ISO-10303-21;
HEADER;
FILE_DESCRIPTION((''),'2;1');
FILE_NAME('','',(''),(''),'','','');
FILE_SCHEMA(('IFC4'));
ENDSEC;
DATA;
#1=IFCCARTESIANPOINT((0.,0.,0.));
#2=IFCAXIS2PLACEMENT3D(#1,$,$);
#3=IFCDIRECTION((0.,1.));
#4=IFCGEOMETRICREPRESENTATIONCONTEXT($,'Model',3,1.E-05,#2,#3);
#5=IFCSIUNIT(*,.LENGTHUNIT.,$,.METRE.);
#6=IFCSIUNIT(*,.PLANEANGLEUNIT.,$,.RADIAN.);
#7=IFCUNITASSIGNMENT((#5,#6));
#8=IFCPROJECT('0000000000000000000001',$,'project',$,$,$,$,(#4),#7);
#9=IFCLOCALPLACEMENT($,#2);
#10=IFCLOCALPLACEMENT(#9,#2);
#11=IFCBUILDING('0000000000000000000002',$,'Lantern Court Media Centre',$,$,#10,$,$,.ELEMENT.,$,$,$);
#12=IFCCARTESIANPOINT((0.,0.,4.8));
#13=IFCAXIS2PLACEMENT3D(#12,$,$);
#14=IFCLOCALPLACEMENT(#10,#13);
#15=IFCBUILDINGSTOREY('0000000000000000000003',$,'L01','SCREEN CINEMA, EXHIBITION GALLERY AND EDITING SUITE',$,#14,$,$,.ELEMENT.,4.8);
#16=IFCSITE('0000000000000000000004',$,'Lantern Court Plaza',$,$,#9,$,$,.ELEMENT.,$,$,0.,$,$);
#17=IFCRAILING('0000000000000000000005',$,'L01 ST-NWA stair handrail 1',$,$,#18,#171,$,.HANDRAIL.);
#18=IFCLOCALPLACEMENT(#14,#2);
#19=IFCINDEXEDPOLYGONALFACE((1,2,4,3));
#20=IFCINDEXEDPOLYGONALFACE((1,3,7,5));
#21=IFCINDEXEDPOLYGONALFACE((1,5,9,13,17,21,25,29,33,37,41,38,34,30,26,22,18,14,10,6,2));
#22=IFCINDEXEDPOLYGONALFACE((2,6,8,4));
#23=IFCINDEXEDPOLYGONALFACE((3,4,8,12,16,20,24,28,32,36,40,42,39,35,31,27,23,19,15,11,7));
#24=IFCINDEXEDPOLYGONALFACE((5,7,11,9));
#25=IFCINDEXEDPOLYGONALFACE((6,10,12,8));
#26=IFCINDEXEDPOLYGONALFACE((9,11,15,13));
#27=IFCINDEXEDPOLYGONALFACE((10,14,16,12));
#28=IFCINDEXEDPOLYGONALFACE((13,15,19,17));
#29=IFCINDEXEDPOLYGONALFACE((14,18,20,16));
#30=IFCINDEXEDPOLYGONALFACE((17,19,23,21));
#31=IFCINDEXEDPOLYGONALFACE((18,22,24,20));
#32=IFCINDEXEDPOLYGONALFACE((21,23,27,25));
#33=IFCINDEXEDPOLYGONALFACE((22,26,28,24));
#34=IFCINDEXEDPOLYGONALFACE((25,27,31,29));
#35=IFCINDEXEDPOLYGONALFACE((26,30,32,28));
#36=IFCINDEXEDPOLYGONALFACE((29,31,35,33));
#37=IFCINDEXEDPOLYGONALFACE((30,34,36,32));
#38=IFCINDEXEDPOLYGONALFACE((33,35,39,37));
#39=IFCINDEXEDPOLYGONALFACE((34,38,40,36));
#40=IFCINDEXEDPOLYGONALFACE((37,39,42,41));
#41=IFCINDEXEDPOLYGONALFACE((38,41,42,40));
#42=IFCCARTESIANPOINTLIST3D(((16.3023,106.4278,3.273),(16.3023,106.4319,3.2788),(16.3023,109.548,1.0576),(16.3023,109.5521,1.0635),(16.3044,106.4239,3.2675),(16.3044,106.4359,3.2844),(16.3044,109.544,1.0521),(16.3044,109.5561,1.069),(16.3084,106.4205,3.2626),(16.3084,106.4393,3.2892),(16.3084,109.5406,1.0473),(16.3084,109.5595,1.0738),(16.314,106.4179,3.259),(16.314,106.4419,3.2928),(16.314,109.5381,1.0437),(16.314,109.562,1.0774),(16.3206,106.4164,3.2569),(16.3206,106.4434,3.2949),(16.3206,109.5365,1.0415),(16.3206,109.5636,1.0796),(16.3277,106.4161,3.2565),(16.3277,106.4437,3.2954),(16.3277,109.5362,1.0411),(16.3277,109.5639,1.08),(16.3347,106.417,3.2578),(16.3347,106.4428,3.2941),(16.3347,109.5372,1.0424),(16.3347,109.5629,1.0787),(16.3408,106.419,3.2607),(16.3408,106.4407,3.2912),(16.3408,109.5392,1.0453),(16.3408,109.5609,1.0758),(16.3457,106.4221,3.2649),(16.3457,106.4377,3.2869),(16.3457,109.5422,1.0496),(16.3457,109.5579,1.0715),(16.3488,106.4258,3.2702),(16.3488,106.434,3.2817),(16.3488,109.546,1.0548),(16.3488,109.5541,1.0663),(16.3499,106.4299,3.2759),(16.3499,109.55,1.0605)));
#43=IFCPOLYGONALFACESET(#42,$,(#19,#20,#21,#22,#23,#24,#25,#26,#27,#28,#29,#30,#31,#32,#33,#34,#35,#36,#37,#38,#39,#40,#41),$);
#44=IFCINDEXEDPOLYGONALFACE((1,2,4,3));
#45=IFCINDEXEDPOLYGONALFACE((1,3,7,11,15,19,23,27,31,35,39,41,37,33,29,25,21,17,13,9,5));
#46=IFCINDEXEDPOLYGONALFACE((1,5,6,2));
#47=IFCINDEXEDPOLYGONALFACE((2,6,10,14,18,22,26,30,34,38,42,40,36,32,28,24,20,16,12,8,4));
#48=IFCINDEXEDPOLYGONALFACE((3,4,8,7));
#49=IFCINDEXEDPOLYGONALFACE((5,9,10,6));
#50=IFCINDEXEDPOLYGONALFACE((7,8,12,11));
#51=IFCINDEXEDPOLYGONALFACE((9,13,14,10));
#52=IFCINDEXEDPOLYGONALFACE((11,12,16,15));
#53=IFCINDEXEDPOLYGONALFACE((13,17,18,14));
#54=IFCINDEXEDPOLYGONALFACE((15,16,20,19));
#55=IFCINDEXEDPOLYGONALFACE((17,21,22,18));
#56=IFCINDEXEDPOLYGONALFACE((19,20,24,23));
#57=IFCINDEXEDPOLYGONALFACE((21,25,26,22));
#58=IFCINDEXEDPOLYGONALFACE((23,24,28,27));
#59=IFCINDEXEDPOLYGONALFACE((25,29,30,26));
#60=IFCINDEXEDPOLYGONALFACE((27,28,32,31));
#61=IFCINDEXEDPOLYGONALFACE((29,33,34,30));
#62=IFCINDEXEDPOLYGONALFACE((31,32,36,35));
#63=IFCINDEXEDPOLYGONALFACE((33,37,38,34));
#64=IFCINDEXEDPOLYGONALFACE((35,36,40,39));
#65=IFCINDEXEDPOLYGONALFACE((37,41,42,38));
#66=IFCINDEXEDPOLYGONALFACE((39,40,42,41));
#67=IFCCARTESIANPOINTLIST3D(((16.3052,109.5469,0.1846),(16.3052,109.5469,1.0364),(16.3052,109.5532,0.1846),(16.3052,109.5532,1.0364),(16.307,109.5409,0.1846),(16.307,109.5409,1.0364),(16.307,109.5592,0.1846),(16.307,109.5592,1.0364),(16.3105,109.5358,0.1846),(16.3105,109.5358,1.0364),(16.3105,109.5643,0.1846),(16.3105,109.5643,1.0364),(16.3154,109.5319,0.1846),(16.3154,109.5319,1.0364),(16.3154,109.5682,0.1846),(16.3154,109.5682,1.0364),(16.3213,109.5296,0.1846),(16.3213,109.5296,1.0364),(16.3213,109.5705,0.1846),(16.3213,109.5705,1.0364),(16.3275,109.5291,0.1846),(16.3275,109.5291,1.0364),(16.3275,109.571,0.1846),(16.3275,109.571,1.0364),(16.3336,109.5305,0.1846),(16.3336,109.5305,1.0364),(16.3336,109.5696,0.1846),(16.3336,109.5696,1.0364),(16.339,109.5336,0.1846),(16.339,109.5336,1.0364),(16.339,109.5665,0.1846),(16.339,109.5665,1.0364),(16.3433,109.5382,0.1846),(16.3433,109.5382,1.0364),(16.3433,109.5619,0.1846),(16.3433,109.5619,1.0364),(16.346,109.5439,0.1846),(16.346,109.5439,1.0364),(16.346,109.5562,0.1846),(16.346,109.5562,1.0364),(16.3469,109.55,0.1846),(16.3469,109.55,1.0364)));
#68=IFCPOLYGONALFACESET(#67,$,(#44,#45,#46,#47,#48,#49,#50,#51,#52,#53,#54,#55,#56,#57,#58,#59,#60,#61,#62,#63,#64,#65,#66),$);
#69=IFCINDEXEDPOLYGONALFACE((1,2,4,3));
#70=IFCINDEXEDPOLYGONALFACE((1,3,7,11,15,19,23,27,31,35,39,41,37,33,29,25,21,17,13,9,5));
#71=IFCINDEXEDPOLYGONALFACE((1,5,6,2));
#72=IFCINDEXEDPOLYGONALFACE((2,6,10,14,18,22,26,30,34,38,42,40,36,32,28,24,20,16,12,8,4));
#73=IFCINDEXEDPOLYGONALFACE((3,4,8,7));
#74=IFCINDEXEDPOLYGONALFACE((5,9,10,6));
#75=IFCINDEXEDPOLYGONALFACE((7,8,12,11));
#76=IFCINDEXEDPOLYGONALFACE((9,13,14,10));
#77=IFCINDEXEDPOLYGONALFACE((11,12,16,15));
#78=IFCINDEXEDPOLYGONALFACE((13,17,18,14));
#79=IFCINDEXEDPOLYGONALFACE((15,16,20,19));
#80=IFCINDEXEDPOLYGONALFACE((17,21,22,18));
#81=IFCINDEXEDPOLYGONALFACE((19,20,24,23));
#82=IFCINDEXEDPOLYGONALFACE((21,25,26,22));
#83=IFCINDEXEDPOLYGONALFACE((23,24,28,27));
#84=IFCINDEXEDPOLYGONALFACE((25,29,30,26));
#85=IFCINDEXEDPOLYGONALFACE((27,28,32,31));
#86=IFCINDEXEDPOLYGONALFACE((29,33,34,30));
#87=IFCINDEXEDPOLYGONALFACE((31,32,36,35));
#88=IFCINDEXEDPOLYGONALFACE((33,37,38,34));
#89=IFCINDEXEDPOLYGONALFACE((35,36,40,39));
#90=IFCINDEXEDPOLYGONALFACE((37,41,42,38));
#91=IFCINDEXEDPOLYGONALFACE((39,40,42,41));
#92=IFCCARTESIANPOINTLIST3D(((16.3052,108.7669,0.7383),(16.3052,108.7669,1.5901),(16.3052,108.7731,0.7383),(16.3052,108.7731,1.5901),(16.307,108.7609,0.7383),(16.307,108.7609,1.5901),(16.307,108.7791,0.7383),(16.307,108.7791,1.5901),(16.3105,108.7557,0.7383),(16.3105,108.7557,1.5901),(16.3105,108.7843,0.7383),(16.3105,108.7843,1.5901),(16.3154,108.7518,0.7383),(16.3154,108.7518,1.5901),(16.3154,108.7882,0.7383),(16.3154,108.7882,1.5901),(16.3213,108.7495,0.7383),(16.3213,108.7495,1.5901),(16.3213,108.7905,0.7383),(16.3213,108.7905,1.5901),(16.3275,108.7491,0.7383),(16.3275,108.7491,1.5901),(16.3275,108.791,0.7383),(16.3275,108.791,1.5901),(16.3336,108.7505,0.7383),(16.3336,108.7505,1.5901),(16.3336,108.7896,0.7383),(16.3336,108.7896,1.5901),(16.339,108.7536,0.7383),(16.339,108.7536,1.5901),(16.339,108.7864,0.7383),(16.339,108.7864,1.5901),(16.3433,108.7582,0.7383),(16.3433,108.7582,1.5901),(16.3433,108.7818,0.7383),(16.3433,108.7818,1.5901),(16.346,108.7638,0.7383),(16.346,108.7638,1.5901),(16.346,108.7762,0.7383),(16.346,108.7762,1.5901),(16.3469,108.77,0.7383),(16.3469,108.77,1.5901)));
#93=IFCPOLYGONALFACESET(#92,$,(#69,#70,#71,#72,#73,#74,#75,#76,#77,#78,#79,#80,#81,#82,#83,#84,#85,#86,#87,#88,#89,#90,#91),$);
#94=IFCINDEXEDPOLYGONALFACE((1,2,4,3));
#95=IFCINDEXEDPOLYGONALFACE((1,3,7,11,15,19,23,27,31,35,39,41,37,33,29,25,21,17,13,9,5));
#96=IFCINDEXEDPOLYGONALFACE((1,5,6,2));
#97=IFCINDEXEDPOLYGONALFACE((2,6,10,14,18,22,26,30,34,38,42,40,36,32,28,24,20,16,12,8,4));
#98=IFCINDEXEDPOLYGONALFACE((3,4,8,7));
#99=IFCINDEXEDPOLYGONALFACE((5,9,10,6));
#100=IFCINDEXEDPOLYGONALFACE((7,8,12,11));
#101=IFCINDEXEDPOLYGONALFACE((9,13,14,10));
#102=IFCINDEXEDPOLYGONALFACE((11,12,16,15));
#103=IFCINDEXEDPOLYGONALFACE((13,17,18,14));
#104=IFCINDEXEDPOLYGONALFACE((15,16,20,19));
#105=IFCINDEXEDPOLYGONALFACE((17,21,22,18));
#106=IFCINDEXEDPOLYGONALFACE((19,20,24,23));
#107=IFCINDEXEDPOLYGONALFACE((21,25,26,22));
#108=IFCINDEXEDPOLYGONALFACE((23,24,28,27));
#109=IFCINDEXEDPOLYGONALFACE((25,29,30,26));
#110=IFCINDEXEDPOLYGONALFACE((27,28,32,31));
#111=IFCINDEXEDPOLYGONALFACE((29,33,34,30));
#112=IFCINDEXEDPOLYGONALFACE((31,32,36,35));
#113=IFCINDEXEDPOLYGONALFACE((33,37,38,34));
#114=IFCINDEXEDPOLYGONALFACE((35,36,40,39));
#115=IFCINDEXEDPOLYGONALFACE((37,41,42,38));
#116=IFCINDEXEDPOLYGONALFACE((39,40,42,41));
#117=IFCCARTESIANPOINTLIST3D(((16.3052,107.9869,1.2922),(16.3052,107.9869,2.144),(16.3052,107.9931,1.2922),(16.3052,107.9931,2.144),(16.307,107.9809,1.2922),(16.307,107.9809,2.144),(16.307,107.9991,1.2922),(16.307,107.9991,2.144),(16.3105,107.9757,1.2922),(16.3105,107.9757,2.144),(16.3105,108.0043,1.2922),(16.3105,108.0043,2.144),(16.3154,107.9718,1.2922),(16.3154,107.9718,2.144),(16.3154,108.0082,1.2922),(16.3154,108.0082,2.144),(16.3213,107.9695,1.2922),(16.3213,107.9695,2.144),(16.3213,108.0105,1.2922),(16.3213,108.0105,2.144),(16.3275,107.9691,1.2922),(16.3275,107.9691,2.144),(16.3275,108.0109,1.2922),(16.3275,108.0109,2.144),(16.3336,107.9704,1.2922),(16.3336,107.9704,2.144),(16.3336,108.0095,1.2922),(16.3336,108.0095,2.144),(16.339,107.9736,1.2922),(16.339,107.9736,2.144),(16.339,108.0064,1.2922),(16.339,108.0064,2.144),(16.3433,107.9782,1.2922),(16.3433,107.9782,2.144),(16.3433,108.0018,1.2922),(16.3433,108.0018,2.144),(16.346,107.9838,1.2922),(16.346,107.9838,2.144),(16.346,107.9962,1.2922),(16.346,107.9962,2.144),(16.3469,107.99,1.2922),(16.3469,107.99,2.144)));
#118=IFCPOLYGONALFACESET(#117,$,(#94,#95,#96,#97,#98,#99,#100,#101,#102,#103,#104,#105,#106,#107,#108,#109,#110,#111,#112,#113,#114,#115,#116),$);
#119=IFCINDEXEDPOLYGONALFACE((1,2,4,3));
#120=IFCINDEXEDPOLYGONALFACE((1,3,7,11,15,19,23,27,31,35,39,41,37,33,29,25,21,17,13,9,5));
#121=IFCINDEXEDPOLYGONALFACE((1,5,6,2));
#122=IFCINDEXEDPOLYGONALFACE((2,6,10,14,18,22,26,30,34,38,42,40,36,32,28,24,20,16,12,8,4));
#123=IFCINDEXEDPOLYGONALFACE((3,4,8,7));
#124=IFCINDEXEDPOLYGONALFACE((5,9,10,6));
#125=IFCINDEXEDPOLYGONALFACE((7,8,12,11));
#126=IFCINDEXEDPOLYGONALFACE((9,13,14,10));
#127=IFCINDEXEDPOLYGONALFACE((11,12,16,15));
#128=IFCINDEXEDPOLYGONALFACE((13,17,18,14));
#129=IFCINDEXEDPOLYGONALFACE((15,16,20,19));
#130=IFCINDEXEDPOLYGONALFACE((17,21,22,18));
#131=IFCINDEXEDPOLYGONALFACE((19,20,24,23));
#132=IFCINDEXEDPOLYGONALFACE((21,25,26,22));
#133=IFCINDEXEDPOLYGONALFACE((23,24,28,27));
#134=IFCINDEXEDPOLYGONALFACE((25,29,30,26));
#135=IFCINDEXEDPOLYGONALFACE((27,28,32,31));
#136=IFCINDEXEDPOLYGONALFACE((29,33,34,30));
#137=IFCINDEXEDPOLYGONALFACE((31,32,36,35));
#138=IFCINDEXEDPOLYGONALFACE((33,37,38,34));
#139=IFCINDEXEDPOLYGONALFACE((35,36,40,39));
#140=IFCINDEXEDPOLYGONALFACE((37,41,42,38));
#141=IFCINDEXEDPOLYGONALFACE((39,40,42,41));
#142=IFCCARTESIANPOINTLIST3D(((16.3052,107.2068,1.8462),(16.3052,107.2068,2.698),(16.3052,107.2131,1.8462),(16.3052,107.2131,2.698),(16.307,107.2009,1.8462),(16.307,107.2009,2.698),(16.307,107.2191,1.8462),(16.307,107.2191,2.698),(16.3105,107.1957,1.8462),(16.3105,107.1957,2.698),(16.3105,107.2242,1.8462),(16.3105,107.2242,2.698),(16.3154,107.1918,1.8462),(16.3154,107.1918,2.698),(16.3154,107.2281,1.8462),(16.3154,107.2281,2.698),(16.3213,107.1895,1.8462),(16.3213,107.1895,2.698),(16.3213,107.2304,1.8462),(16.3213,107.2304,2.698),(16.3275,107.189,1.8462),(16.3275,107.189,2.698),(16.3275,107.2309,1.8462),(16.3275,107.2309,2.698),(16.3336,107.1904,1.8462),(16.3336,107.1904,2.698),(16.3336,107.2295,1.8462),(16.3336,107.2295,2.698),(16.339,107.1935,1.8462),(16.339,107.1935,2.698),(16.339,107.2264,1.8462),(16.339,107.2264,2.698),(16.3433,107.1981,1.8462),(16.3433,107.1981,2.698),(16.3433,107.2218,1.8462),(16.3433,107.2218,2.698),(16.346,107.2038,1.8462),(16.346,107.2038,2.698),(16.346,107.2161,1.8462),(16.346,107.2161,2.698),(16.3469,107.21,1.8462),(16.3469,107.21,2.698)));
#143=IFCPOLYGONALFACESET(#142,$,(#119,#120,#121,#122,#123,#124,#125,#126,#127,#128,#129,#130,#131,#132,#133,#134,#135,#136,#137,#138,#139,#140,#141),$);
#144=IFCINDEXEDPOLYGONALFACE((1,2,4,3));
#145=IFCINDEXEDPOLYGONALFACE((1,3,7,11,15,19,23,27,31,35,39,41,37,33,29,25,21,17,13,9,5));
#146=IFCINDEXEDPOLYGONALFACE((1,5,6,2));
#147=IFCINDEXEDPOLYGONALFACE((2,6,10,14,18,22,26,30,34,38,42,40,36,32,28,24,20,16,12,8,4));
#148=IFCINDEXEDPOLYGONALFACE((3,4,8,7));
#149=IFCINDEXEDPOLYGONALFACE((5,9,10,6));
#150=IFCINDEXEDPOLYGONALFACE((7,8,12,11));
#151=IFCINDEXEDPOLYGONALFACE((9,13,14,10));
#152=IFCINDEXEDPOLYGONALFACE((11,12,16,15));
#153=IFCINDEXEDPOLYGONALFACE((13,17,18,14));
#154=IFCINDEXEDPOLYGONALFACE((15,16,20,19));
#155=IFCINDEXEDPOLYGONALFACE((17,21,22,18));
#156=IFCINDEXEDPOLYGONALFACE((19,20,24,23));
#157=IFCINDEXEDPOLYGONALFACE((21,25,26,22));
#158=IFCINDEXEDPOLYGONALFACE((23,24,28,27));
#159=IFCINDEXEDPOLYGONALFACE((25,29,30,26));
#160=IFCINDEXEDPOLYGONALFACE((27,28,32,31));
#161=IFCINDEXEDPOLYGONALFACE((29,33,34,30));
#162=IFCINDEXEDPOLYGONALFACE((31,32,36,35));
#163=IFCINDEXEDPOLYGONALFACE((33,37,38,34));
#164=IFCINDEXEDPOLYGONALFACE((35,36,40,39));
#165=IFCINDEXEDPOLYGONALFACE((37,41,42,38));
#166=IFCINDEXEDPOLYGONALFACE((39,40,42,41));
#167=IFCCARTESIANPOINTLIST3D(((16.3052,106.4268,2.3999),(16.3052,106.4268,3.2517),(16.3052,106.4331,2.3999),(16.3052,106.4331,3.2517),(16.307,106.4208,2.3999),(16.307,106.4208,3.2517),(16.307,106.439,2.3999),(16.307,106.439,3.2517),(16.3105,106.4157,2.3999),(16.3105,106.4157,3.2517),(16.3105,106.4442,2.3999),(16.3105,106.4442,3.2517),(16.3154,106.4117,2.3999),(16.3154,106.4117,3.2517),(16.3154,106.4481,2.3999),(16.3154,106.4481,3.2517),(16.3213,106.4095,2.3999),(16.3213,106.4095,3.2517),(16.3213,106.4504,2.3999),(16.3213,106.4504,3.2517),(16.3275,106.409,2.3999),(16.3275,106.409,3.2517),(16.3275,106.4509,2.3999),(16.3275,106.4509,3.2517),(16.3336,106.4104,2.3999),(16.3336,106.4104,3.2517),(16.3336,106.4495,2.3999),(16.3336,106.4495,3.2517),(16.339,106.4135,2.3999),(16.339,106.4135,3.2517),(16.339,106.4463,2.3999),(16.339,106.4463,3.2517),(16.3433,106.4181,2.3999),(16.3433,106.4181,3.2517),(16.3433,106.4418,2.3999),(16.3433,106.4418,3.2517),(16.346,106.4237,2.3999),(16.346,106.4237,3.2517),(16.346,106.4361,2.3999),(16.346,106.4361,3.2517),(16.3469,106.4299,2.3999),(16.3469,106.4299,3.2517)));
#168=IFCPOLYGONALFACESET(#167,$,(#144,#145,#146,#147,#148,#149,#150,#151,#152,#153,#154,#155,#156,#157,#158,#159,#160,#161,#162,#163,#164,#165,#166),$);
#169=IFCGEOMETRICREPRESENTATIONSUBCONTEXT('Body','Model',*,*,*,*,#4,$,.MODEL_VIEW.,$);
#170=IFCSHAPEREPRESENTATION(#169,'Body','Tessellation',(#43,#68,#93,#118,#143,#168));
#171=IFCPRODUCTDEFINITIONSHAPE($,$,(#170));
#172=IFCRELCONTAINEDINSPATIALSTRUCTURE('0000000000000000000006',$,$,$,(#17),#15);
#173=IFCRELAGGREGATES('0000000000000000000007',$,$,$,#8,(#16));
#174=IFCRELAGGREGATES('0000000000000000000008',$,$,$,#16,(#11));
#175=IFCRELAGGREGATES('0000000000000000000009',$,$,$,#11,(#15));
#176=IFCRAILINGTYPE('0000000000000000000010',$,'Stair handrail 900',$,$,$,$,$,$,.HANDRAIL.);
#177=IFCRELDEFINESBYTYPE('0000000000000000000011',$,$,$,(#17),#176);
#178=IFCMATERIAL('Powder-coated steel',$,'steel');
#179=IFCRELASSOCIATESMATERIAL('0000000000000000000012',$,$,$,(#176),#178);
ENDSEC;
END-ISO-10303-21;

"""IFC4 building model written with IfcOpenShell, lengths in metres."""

from ifc_helpers import new_model, si_unit, direction, frame, origin, origin_2d, place, context, subcontext, project, spatial, circle, extrude, material, type_object, element, save


model = new_model("IFC4")

# Units and contexts
model_context = context("Model", 3, precision=1e-05, world=origin(), true_north=direction((0.0, 1.0)))
body_context = subcontext(model_context, "Body", "Model", "MODEL_VIEW")
ifc_project = project(units=[si_unit("LENGTHUNIT", "METRE"), si_unit("PLANEANGLEUNIT", "RADIAN")], contexts=[model_context])

# Site, building, storey
site_placement = place(None, origin())
site = spatial("IfcSite", under=ifc_project, at=site_placement, Name="Lantern Court Plaza", CompositionType="ELEMENT", RefElevation=0.0)
building_placement = place(site_placement, origin())
building = spatial("IfcBuilding", under=site, at=building_placement, Name="Lantern Court Media Centre", CompositionType="ELEMENT")
storey_placement = place(building_placement, frame((0.0, 0.0, 4.8)))
storey = spatial("IfcBuildingStorey", under=building, at=storey_placement, Name="L01", Description="SCREEN CINEMA, EXHIBITION GALLERY AND EDITING SUITE", CompositionType="ELEMENT", Elevation=4.8)

# Shared definitions
ifc_material_1 = material(Name="Powder-coated steel", Category="steel")

# Railing
railing_type_1 = type_object("IfcRailingType", Name="Stair handrail 900", PredefinedType="HANDRAIL", material=ifc_material_1)
railing_1_placement = place(storey_placement, frame((16.3259, 109.55, 0.1846)))
element("IfcRailing", 1, at=railing_1_placement, inside=storey, type_object=railing_type_1, Name="L01 ST-NWA stair handrail 1", PredefinedType="HANDRAIL", context=body_context, shape_type="SweptSolid", body=[
    extrude(circle(Radius=0.0239, at=origin_2d()), frame((0.0, 0.0, 0.876), z_axis=(0.0, -0.815377, 0.57893), x_axis=(1.0, 0.0, 0.0)), (0.0, 0.0, 1.0), 3.8267),
    extrude(circle(Radius=0.021, at=origin_2d()), origin(), (0.0, 0.0, 1.0), 0.8518),
    extrude(circle(Radius=0.021, at=origin_2d()), frame((0.0, -0.78, 0.5537)), (0.0, 0.0, 1.0), 0.8518),
    extrude(circle(Radius=0.021, at=origin_2d()), frame((0.0, -1.5601, 1.1077)), (0.0, 0.0, 1.0), 0.8518),
    extrude(circle(Radius=0.021, at=origin_2d()), frame((0.0, -2.3401, 1.6616)), (0.0, 0.0, 1.0), 0.8518),
    extrude(circle(Radius=0.021, at=origin_2d()), frame((0.0, -3.1201, 2.2153)), (0.0, 0.0, 1.0), 0.8518),
])

save(model, "model.ifc")
